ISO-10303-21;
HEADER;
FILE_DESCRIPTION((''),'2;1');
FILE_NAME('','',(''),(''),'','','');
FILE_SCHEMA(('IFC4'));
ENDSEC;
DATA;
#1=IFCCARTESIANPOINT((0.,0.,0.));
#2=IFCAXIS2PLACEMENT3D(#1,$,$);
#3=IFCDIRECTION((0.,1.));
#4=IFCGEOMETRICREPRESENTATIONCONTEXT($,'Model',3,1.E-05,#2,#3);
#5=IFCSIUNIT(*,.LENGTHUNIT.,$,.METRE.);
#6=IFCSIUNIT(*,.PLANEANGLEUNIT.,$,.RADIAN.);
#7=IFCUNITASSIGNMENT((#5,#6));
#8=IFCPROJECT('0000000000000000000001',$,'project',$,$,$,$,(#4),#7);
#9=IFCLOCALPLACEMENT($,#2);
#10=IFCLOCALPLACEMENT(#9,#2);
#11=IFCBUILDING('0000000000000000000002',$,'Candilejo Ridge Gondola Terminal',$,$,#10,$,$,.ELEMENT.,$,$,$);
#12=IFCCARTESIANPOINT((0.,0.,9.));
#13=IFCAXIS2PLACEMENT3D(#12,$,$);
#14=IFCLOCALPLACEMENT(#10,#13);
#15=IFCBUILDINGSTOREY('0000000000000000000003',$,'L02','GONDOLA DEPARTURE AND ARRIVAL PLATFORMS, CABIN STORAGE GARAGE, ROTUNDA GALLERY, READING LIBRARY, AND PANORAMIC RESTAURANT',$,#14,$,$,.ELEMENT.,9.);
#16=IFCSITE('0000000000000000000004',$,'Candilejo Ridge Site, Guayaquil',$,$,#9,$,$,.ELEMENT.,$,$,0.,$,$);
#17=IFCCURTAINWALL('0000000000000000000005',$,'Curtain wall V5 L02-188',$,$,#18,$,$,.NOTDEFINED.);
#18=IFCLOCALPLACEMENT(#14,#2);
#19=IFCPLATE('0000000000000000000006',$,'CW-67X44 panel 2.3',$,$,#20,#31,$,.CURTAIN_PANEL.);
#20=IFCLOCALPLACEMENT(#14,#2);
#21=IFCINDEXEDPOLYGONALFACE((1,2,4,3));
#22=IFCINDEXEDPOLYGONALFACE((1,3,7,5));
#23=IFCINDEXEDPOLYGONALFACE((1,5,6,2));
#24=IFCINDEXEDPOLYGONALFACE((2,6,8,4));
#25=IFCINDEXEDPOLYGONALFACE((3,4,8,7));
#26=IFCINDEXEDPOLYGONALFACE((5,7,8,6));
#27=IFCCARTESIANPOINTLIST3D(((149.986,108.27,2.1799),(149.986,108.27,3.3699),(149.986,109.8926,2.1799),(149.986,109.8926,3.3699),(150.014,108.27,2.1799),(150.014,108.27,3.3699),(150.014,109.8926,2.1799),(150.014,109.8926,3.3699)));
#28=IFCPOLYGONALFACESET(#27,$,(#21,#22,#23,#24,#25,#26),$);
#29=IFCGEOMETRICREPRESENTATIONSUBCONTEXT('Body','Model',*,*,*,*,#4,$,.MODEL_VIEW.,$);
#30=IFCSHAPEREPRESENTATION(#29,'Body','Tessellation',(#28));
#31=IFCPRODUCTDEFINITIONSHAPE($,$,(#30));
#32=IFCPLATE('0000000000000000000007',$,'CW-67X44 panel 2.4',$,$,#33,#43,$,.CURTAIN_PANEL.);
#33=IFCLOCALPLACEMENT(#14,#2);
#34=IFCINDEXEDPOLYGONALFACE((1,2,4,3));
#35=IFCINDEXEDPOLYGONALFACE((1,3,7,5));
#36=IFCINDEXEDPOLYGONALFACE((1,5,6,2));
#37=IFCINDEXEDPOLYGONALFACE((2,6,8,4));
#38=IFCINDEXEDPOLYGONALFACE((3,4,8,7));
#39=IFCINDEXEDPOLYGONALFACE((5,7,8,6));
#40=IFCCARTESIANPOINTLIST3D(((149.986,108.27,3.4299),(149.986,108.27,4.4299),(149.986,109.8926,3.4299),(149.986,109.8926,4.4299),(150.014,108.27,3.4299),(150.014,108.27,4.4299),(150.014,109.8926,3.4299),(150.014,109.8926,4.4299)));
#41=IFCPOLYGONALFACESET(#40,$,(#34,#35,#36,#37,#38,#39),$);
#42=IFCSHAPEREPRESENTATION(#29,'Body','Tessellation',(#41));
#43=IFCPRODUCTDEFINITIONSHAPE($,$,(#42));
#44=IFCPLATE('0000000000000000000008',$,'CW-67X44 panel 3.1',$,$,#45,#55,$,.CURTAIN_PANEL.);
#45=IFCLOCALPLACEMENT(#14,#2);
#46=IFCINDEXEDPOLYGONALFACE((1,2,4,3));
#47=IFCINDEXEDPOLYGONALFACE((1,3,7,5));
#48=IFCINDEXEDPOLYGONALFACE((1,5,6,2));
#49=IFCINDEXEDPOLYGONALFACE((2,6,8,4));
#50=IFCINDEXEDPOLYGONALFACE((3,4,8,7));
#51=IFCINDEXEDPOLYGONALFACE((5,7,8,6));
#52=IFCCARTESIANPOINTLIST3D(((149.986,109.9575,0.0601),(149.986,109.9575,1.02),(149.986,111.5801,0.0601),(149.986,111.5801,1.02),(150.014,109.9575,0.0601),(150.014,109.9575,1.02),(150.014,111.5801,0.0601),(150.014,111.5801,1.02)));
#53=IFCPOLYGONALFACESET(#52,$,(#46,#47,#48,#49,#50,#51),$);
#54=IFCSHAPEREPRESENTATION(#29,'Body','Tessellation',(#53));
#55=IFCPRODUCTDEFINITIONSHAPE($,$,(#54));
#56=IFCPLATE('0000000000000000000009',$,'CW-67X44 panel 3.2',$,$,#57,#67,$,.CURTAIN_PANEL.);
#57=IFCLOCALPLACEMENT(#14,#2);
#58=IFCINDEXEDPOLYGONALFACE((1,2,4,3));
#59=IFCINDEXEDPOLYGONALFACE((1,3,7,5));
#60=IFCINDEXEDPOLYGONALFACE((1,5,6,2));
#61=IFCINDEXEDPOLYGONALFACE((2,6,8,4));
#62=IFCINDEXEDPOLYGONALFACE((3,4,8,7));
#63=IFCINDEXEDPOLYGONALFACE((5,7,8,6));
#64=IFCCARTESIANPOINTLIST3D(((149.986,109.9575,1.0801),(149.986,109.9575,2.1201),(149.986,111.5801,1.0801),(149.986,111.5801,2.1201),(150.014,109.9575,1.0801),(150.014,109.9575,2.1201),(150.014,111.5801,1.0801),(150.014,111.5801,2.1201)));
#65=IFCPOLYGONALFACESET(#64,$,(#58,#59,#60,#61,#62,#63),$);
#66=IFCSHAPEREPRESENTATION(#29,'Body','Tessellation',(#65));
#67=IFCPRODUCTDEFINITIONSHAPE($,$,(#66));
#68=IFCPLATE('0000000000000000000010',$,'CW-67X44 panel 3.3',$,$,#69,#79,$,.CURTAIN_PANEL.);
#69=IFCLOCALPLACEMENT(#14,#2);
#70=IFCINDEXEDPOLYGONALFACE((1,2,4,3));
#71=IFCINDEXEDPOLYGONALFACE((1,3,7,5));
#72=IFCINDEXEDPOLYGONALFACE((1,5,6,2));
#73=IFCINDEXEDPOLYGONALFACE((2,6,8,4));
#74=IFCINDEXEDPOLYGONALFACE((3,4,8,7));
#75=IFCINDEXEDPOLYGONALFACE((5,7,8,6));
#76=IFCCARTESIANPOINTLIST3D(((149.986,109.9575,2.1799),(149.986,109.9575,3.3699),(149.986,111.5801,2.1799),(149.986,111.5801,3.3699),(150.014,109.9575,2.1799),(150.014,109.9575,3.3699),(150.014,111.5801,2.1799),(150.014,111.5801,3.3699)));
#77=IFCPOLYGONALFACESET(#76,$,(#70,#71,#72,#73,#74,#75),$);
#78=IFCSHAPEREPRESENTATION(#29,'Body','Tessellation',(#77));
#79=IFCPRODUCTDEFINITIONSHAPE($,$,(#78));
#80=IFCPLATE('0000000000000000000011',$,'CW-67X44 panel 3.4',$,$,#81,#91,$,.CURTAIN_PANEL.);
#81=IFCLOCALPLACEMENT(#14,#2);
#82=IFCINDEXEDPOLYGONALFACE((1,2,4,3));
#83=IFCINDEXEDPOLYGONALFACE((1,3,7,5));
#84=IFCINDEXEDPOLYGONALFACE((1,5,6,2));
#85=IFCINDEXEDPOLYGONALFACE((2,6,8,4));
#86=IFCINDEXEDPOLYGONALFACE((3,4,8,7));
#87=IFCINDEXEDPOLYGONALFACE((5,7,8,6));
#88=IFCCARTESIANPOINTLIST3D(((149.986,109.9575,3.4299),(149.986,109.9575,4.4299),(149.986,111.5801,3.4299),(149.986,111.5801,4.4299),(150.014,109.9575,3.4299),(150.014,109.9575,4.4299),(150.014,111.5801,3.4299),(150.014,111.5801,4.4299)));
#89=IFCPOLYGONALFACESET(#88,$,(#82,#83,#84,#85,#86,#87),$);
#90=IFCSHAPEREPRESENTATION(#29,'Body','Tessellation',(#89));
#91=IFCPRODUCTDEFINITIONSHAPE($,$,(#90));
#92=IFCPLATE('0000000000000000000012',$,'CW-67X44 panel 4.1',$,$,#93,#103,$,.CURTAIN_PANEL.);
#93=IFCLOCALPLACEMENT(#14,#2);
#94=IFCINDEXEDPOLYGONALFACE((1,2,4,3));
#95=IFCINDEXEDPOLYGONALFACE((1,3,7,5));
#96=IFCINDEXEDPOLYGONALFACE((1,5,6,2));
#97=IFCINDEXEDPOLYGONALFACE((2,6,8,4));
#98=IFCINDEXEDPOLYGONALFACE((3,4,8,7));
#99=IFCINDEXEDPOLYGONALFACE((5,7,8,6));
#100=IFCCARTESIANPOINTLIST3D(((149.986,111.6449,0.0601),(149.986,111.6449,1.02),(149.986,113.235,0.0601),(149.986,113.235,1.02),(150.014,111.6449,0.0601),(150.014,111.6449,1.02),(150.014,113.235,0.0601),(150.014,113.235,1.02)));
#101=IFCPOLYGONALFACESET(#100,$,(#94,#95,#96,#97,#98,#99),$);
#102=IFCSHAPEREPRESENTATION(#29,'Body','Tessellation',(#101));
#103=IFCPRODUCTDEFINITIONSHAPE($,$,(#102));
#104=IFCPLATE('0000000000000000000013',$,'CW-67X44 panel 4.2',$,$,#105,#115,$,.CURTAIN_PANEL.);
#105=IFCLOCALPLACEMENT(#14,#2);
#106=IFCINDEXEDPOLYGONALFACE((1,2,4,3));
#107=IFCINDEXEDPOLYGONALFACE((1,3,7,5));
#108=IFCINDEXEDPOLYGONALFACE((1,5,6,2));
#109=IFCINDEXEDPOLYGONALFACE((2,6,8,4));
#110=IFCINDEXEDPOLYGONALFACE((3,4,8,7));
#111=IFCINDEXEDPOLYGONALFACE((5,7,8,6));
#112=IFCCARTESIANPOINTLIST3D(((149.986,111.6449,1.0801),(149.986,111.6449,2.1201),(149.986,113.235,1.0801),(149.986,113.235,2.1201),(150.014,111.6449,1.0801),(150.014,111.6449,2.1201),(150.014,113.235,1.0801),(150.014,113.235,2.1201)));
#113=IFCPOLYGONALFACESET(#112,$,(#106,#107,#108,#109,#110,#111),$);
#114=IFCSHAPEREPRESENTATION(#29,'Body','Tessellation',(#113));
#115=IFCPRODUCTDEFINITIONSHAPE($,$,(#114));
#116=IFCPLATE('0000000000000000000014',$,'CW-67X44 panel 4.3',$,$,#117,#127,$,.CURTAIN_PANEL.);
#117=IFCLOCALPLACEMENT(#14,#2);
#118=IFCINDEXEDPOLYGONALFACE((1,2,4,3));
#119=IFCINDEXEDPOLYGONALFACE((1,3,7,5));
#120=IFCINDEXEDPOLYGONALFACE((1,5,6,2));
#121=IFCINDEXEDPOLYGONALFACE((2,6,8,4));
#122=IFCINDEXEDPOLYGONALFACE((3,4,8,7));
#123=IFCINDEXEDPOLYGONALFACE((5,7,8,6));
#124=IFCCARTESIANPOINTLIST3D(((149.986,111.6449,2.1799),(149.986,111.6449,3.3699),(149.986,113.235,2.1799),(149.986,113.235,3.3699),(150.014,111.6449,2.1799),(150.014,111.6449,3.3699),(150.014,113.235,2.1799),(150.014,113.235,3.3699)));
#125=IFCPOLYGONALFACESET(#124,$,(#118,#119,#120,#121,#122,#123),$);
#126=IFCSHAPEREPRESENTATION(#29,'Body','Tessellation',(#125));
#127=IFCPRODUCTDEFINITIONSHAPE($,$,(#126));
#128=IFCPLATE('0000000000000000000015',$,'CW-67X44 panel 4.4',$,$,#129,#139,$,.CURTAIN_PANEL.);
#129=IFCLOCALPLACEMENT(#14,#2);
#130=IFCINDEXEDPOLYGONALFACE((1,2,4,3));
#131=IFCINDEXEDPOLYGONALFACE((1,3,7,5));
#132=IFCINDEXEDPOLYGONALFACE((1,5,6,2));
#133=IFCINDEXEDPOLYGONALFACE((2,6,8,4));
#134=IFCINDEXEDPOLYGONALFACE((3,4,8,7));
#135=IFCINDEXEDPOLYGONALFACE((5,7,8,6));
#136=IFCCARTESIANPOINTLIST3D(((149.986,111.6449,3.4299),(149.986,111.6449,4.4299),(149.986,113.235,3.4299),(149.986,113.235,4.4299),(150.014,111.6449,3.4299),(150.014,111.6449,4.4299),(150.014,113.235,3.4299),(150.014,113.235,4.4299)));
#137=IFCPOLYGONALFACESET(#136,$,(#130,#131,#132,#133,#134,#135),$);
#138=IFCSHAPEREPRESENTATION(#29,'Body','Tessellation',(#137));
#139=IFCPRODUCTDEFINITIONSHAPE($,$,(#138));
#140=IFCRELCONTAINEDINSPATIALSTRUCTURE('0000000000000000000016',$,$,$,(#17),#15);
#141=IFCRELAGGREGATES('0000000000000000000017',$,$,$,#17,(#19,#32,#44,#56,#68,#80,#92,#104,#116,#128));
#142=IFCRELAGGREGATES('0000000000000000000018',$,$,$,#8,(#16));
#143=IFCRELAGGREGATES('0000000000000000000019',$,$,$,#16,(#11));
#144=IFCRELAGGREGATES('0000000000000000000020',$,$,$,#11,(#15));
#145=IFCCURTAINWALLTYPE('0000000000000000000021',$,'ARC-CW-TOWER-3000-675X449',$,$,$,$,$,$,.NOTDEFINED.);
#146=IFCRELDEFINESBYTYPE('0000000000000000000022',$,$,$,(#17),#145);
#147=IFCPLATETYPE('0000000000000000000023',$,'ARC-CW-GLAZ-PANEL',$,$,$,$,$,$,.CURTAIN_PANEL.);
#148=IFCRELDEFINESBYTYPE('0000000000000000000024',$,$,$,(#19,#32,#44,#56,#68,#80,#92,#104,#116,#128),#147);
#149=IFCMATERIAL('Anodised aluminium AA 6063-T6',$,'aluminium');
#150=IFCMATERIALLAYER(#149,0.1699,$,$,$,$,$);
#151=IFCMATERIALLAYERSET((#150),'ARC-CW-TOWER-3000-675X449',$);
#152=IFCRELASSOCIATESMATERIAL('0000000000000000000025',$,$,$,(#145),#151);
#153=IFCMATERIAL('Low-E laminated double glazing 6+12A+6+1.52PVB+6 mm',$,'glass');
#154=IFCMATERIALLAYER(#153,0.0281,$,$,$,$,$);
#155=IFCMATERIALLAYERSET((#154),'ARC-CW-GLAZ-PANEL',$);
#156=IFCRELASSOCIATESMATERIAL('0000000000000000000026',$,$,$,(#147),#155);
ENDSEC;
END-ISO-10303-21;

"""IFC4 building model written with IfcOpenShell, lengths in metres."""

from ifc_helpers import new_model, si_unit, direction, frame, origin, origin_2d, place, context, subcontext, project, spatial, rectangle, extrude, material, layer, layer_set, type_object, element, aggregate, save


model = new_model("IFC4")

# Units and contexts
model_context = context("Model", 3, precision=1e-05, world=origin(), true_north=direction((0.0, 1.0)))
body_context = subcontext(model_context, "Body", "Model", "MODEL_VIEW")
ifc_project = project(units=[si_unit("LENGTHUNIT", "METRE"), si_unit("PLANEANGLEUNIT", "RADIAN")], contexts=[model_context])

# Site, building, storey
site_placement = place(None, origin())
site = spatial("IfcSite", under=ifc_project, at=site_placement, Name="Candilejo Ridge Site, Guayaquil", CompositionType="ELEMENT", RefElevation=0.0)
building_placement = place(site_placement, origin())
building = spatial("IfcBuilding", under=site, at=building_placement, Name="Candilejo Ridge Gondola Terminal", CompositionType="ELEMENT")
storey_placement = place(building_placement, frame((0.0, 0.0, 9.0)))
storey = spatial("IfcBuildingStorey", under=building, at=storey_placement, Name="L02", Description="GONDOLA DEPARTURE AND ARRIVAL PLATFORMS, CABIN STORAGE GARAGE, ROTUNDA GALLERY, READING LIBRARY, AND PANORAMIC RESTAURANT", CompositionType="ELEMENT", Elevation=9.0)

# Curtain wall
ifc_material_1 = material(Name="Anodised aluminium AA 6063-T6", Category="aluminium")
ifc_layer_1 = layer(ifc_material_1, 0.1699)
ifc_layer_set_1 = layer_set([ifc_layer_1], Name="ARC-CW-TOWER-3000-675X449")
curtain_wall_type_1 = type_object("IfcCurtainWallType", Name="ARC-CW-TOWER-3000-675X449", PredefinedType="NOTDEFINED", material=ifc_layer_set_1)
curtain_wall_1_placement = place(storey_placement, origin())
curtain_wall_1 = element("IfcCurtainWall", 1, at=curtain_wall_1_placement, inside=storey, type_object=curtain_wall_type_1, Name="Curtain wall V5 L02-188", PredefinedType="NOTDEFINED")

# Plates
ifc_material_2 = material(Name="Low-E laminated double glazing 6+12A+6+1.52PVB+6 mm", Category="glass")
ifc_layer_2 = layer(ifc_material_2, 0.0281)
ifc_layer_set_2 = layer_set([ifc_layer_2], Name="ARC-CW-GLAZ-PANEL")
plate_type = type_object("IfcPlateType", Name="ARC-CW-GLAZ-PANEL", PredefinedType="CURTAIN_PANEL", material=ifc_layer_set_2)
plate_1_placement = place(storey_placement, frame((150.0, 109.0813, 2.1799), z_axis=(0.0, 0.0, 1.0), x_axis=(0.0, 1.0, 0.0)))
plate_1 = element("IfcPlate", 2, at=plate_1_placement, type_object=plate_type, Name="CW-67X44 panel 2.3", PredefinedType="CURTAIN_PANEL", context=body_context, shape_type="SweptSolid", body=[
    extrude(rectangle(XDim=1.6226, YDim=0.0281, at=origin_2d()), origin(), (0.0, 0.0, 1.0), 1.1899),
])
plate_2_placement = place(storey_placement, frame((150.0, 109.0813, 3.4299), z_axis=(0.0, 0.0, 1.0), x_axis=(0.0, 1.0, 0.0)))
plate_2 = element("IfcPlate", 3, at=plate_2_placement, type_object=plate_type, Name="CW-67X44 panel 2.4", PredefinedType="CURTAIN_PANEL", context=body_context, shape_type="SweptSolid", body=[
    extrude(rectangle(XDim=1.6226, YDim=0.0281, at=origin_2d()), origin(), (0.0, 0.0, 1.0), 1.0),
])
plate_3_placement = place(storey_placement, frame((150.0, 110.7688, 0.0601), z_axis=(0.0, 0.0, 1.0), x_axis=(0.0, 1.0, 0.0)))
plate_3 = element("IfcPlate", 4, at=plate_3_placement, type_object=plate_type, Name="CW-67X44 panel 3.1", PredefinedType="CURTAIN_PANEL", context=body_context, shape_type="SweptSolid", body=[
    extrude(rectangle(XDim=1.6226, YDim=0.0281, at=origin_2d()), origin(), (0.0, 0.0, 1.0), 0.96),
])
plate_4_placement = place(storey_placement, frame((150.0, 110.7688, 1.0801), z_axis=(0.0, 0.0, 1.0), x_axis=(0.0, 1.0, 0.0)))
plate_4 = element("IfcPlate", 5, at=plate_4_placement, type_object=plate_type, Name="CW-67X44 panel 3.2", PredefinedType="CURTAIN_PANEL", context=body_context, shape_type="SweptSolid", body=[
    extrude(rectangle(XDim=1.6226, YDim=0.0281, at=origin_2d()), origin(), (0.0, 0.0, 1.0), 1.04),
])
plate_5_placement = place(storey_placement, frame((150.0, 110.7688, 2.1799), z_axis=(0.0, 0.0, 1.0), x_axis=(0.0, 1.0, 0.0)))
plate_5 = element("IfcPlate", 6, at=plate_5_placement, type_object=plate_type, Name="CW-67X44 panel 3.3", PredefinedType="CURTAIN_PANEL", context=body_context, shape_type="SweptSolid", body=[
    extrude(rectangle(XDim=1.6226, YDim=0.0281, at=origin_2d()), origin(), (0.0, 0.0, 1.0), 1.1899),
])
plate_6_placement = place(storey_placement, frame((150.0, 110.7688, 3.4299), z_axis=(0.0, 0.0, 1.0), x_axis=(0.0, 1.0, 0.0)))
plate_6 = element("IfcPlate", 7, at=plate_6_placement, type_object=plate_type, Name="CW-67X44 panel 3.4", PredefinedType="CURTAIN_PANEL", context=body_context, shape_type="SweptSolid", body=[
    extrude(rectangle(XDim=1.6226, YDim=0.0281, at=origin_2d()), origin(), (0.0, 0.0, 1.0), 1.0),
])
plate_7_placement = place(storey_placement, frame((150.0, 112.4399, 0.0601), z_axis=(0.0, 0.0, 1.0), x_axis=(0.0, 1.0, 0.0)))
plate_7 = element("IfcPlate", 8, at=plate_7_placement, type_object=plate_type, Name="CW-67X44 panel 4.1", PredefinedType="CURTAIN_PANEL", context=body_context, shape_type="SweptSolid", body=[
    extrude(rectangle(XDim=1.5901, YDim=0.0281, at=origin_2d()), origin(), (0.0, 0.0, 1.0), 0.96),
])
plate_8_placement = place(storey_placement, frame((150.0, 112.4399, 1.0801), z_axis=(0.0, 0.0, 1.0), x_axis=(0.0, 1.0, 0.0)))
plate_8 = element("IfcPlate", 9, at=plate_8_placement, type_object=plate_type, Name="CW-67X44 panel 4.2", PredefinedType="CURTAIN_PANEL", context=body_context, shape_type="SweptSolid", body=[
    extrude(rectangle(XDim=1.5901, YDim=0.0281, at=origin_2d()), origin(), (0.0, 0.0, 1.0), 1.04),
])
plate_9_placement = place(storey_placement, frame((150.0, 112.4399, 2.1799), z_axis=(0.0, 0.0, 1.0), x_axis=(0.0, 1.0, 0.0)))
plate_9 = element("IfcPlate", 10, at=plate_9_placement, type_object=plate_type, Name="CW-67X44 panel 4.3", PredefinedType="CURTAIN_PANEL", context=body_context, shape_type="SweptSolid", body=[
    extrude(rectangle(XDim=1.5901, YDim=0.0281, at=origin_2d()), origin(), (0.0, 0.0, 1.0), 1.1899),
])
plate_10_placement = place(storey_placement, frame((150.0, 112.4399, 3.4299), z_axis=(0.0, 0.0, 1.0), x_axis=(0.0, 1.0, 0.0)))
plate_10 = element("IfcPlate", 11, at=plate_10_placement, type_object=plate_type, Name="CW-67X44 panel 4.4", PredefinedType="CURTAIN_PANEL", context=body_context, shape_type="SweptSolid", body=[
    extrude(rectangle(XDim=1.5901, YDim=0.0281, at=origin_2d()), origin(), (0.0, 0.0, 1.0), 1.0),
])
aggregate(curtain_wall_1, [plate_1, plate_2, plate_3, plate_4, plate_5, plate_6, plate_7, plate_8, plate_9, plate_10])

save(model, "model.ifc")
